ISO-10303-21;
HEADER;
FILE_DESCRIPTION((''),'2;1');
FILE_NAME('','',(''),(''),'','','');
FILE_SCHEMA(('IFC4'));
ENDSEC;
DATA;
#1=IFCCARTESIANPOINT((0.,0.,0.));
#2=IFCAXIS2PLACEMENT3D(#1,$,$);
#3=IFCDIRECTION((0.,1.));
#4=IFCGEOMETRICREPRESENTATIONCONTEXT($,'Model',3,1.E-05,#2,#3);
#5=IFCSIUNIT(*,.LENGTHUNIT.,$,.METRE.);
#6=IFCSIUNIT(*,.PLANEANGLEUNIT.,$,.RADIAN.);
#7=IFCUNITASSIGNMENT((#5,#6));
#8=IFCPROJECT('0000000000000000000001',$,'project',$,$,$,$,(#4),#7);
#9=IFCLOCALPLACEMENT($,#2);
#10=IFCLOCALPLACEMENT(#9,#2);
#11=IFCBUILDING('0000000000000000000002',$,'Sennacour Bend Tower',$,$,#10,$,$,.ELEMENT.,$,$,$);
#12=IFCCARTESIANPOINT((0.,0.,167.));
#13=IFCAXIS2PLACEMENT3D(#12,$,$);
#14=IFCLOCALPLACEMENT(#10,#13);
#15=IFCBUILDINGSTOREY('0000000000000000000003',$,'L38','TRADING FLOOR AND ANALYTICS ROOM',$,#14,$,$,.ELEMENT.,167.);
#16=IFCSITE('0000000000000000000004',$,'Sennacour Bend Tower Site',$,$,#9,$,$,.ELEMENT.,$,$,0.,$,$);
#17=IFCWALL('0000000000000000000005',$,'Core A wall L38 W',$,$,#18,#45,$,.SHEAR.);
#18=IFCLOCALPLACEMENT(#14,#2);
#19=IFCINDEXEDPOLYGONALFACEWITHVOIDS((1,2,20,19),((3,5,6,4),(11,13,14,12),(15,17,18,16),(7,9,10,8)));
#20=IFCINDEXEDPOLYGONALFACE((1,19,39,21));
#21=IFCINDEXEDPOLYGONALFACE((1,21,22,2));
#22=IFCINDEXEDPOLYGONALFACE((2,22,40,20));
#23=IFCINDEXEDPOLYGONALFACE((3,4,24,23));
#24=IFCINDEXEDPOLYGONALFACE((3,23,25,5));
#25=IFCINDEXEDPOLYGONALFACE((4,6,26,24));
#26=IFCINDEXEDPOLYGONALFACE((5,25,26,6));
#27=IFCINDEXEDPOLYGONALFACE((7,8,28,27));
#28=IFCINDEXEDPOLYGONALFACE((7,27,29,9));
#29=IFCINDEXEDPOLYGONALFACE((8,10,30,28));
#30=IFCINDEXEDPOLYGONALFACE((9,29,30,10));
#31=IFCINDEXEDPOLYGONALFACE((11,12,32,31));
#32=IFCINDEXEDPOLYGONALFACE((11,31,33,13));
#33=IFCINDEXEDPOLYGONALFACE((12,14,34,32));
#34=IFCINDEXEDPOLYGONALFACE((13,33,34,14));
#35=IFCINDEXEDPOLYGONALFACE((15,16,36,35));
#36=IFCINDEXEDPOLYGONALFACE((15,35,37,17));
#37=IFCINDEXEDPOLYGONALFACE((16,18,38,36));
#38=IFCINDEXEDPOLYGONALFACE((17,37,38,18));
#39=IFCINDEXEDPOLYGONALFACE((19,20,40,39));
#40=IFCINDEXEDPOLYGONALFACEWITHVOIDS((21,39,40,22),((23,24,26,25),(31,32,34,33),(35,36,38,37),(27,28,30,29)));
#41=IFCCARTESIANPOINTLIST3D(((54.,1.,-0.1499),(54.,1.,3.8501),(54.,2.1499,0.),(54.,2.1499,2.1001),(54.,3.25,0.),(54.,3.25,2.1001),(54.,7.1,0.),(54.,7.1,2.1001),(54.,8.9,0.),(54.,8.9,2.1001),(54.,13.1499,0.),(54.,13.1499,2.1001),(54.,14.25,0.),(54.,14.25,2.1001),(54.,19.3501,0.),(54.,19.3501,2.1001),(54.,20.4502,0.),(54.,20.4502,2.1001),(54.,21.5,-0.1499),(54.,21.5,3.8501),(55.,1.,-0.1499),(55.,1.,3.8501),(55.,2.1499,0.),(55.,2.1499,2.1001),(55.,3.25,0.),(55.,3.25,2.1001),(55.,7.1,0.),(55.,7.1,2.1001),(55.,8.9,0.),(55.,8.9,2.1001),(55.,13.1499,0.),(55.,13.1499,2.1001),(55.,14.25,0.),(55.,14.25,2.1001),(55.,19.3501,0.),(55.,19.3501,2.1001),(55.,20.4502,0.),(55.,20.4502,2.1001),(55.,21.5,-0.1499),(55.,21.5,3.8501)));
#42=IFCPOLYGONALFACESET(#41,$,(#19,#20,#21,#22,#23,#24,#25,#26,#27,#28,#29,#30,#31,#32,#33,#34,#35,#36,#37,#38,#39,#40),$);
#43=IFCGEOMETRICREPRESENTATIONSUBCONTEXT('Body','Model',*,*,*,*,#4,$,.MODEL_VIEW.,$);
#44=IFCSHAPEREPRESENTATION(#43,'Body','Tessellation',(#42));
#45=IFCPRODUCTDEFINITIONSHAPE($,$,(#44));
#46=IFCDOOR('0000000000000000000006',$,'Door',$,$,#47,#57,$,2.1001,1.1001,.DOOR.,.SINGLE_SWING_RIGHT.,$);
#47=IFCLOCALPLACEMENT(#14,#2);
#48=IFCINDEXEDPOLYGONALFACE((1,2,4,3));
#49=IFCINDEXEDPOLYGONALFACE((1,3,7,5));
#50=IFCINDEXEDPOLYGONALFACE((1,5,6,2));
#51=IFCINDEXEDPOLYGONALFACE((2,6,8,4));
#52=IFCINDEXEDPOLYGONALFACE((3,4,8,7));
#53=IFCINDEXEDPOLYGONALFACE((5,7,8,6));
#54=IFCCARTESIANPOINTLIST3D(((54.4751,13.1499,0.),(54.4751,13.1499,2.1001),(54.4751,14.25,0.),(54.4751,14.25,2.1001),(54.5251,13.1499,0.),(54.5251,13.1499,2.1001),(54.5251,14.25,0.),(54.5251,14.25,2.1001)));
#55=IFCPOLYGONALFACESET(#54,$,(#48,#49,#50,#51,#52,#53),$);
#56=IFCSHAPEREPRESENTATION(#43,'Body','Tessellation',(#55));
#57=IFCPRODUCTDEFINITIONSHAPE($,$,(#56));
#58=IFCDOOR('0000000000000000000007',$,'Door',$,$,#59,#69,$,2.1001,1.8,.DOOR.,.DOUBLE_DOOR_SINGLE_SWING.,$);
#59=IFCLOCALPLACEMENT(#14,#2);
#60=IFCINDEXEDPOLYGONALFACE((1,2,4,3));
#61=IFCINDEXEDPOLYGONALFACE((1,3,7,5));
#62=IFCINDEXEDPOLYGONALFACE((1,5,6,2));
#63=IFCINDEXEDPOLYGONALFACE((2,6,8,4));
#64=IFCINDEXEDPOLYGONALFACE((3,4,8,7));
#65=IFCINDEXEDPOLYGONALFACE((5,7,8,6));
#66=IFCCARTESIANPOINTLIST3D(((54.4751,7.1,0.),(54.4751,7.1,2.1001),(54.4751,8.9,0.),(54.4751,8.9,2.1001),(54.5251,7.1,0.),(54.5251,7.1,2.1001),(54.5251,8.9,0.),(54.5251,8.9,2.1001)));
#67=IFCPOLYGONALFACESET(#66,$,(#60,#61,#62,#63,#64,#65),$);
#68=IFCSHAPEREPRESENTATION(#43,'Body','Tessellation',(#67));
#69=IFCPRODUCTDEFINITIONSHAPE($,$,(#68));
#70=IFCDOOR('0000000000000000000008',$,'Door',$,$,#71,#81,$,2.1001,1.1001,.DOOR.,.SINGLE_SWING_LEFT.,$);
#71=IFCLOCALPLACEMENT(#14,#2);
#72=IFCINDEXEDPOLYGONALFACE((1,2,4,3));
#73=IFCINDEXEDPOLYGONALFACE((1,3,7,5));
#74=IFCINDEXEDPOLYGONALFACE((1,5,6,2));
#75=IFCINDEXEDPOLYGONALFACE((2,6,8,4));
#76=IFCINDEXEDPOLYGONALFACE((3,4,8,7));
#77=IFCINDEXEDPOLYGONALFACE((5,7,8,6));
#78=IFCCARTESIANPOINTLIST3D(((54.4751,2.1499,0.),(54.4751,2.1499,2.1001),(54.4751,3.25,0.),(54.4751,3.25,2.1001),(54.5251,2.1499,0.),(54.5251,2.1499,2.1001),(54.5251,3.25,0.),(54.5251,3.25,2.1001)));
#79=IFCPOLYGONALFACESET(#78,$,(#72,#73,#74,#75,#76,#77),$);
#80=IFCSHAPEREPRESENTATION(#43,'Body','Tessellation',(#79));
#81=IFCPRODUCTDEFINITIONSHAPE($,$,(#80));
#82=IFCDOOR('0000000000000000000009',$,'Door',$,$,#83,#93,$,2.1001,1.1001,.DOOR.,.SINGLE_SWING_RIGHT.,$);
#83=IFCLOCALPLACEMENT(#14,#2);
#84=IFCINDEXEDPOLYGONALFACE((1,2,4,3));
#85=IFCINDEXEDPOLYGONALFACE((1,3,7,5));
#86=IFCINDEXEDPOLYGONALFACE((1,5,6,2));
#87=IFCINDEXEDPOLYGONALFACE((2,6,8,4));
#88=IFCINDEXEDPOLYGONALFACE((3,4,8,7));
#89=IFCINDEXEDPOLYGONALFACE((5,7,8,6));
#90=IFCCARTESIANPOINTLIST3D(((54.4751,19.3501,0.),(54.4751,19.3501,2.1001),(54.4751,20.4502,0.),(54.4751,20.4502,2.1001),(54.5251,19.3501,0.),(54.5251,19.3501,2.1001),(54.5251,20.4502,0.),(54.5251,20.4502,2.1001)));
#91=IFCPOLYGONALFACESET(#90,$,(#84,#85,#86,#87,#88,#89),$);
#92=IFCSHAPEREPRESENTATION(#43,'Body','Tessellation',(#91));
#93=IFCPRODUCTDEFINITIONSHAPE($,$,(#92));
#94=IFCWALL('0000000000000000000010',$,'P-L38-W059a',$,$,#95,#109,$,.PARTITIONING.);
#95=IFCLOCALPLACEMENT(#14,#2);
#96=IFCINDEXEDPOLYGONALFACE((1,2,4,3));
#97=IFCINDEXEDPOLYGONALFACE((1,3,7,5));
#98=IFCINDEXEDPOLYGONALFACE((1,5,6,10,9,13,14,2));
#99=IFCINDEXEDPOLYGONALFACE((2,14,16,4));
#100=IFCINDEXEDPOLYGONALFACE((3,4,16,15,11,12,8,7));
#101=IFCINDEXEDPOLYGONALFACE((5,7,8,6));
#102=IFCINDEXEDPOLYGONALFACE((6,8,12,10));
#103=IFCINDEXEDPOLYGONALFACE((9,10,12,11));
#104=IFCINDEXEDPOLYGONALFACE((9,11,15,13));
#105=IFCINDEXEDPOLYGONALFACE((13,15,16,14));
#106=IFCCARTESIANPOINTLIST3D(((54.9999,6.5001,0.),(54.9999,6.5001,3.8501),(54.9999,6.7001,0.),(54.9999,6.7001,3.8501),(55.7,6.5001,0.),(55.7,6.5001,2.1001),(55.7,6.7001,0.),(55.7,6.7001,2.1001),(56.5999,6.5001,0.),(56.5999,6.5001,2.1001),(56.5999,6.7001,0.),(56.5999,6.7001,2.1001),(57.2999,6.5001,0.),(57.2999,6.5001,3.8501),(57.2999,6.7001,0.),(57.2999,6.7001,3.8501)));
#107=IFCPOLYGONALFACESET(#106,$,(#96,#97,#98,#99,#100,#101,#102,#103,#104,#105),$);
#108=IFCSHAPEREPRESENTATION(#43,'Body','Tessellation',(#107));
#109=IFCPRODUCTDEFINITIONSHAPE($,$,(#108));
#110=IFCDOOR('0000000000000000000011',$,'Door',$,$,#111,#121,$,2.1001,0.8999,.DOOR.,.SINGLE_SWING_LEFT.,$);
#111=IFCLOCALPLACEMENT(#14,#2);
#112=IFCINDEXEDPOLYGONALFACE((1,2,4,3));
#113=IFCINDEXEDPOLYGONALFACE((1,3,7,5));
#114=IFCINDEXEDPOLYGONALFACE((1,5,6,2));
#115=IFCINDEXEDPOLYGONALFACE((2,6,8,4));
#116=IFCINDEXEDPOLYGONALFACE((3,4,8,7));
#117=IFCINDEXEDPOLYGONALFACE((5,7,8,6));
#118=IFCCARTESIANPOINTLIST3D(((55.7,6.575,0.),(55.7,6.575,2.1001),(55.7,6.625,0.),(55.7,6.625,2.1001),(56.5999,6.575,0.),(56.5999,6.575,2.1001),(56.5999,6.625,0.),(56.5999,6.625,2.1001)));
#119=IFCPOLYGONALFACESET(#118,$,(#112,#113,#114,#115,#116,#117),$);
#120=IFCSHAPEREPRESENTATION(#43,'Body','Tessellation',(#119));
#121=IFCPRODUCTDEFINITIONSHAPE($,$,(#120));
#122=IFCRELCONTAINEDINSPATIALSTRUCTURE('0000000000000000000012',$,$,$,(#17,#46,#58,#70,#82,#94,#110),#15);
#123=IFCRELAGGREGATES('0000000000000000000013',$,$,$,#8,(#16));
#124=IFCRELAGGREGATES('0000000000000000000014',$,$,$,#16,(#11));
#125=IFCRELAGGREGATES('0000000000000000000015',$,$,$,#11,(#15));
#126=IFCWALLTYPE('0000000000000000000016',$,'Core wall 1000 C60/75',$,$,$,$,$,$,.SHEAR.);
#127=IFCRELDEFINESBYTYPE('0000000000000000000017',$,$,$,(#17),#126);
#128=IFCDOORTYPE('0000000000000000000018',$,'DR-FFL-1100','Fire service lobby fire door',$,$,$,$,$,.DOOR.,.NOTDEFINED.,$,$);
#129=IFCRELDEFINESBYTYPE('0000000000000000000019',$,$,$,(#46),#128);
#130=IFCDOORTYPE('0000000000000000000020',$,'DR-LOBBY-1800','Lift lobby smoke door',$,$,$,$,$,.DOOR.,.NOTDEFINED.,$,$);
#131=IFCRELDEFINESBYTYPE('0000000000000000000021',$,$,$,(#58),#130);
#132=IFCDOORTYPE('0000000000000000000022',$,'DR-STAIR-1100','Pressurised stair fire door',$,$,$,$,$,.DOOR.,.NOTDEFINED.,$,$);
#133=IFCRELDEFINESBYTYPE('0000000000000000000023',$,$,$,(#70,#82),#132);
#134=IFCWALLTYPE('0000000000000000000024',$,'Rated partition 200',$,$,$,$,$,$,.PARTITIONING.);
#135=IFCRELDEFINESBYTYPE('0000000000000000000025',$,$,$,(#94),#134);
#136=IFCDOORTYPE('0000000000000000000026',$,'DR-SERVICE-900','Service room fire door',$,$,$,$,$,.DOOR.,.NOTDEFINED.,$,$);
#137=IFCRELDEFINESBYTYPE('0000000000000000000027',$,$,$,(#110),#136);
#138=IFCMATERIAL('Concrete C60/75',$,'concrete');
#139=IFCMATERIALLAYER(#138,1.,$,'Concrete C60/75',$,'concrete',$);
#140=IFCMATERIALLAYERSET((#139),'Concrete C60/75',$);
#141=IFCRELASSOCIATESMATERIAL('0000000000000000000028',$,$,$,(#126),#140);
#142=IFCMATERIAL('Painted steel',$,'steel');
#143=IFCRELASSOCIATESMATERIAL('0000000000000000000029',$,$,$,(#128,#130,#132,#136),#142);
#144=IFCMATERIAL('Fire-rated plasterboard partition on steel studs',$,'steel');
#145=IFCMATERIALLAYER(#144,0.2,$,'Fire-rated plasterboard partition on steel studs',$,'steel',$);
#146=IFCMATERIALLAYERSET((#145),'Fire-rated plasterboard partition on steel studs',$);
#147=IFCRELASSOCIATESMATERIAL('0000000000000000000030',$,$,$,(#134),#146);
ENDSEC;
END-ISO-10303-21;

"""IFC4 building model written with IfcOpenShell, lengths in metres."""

from ifc_helpers import new_model, si_unit, direction, frame, frame_2d, origin, place, context, subcontext, project, spatial, rectangle, extrude, material, layer, layer_set, type_object, element, fill, save


model = new_model("IFC4")

# Units and contexts
model_context = context("Model", 3, precision=1e-05, world=origin(), true_north=direction((0.0, 1.0)))
body_context = subcontext(model_context, "Body", "Model", "MODEL_VIEW")
ifc_project = project(units=[si_unit("LENGTHUNIT", "METRE"), si_unit("PLANEANGLEUNIT", "RADIAN")], contexts=[model_context])

# Site, building, storey
site_placement = place(None, origin())
site = spatial("IfcSite", under=ifc_project, at=site_placement, Name="Sennacour Bend Tower Site", CompositionType="ELEMENT", RefElevation=0.0)
building_placement = place(site_placement, origin())
building = spatial("IfcBuilding", under=site, at=building_placement, Name="Sennacour Bend Tower", CompositionType="ELEMENT")
storey_placement = place(building_placement, frame((0.0, 0.0, 167.0)))
storey = spatial("IfcBuildingStorey", under=building, at=storey_placement, Name="L38", Description="TRADING FLOOR AND ANALYTICS ROOM", CompositionType="ELEMENT", Elevation=167.0)

# Wall, openings, doors
ifc_material_1 = material(Name="Concrete C60/75", Category="concrete")
ifc_layer_1 = layer(ifc_material_1, 1.0, Name="Concrete C60/75", Category="concrete")
ifc_layer_set_1 = layer_set([ifc_layer_1], Name="Concrete C60/75")
wall_type_1 = type_object("IfcWallType", Name="Core wall 1000 C60/75", PredefinedType="SHEAR", material=ifc_layer_set_1)
wall_1_placement = place(storey_placement, frame((54.5, 1.0, -0.1499), z_axis=(0.0, 0.0, 1.0), x_axis=(0.0, 1.0, 0.0)))
wall_1 = element("IfcWall", 1, at=wall_1_placement, inside=storey, type_object=wall_type_1, Name="Core A wall L38 W", PredefinedType="SHEAR", context=body_context, shape_type="SweptSolid", body=[
    extrude(rectangle(XDim=20.5, YDim=1.0, at=frame_2d((10.25, 0.0))), origin(), (0.0, 0.0, 1.0), 4.0),
])
opening_1_placement = place(wall_1_placement, frame((6.1001, 0.0, 0.1499)))
opening_1 = element("IfcOpeningElement", 2, at=opening_1_placement, cuts=wall_1, PredefinedType="OPENING", context=body_context, shape_type="SweptSolid", body=[
    extrude(rectangle(XDim=1.8, YDim=2.1001, at=frame_2d((0.8999, 1.05))), frame((0.0, 0.51, 0.0), z_axis=(0.0, -1.0, 0.0), x_axis=(1.0, 0.0, 0.0)), (0.0, 0.0, 1.0), 1.02),
])
opening_2_placement = place(wall_1_placement, frame((12.1499, 0.0, 0.1499)))
opening_2 = element("IfcOpeningElement", 3, at=opening_2_placement, cuts=wall_1, PredefinedType="OPENING", context=body_context, shape_type="SweptSolid", body=[
    extrude(rectangle(XDim=1.1001, YDim=2.1001, at=frame_2d((0.55, 1.05))), frame((0.0, 0.51, 0.0), z_axis=(0.0, -1.0, 0.0), x_axis=(1.0, 0.0, 0.0)), (0.0, 0.0, 1.0), 1.02),
])
opening_3_placement = place(wall_1_placement, frame((1.1499, 0.0, 0.1499)))
opening_3 = element("IfcOpeningElement", 4, at=opening_3_placement, cuts=wall_1, PredefinedType="OPENING", context=body_context, shape_type="SweptSolid", body=[
    extrude(rectangle(XDim=1.1001, YDim=2.1001, at=frame_2d((0.55, 1.05))), frame((0.0, 0.51, 0.0), z_axis=(0.0, -1.0, 0.0), x_axis=(1.0, 0.0, 0.0)), (0.0, 0.0, 1.0), 1.02),
])
opening_4_placement = place(wall_1_placement, frame((18.3501, 0.0, 0.1499)))
opening_4 = element("IfcOpeningElement", 5, at=opening_4_placement, cuts=wall_1, PredefinedType="OPENING", context=body_context, shape_type="SweptSolid", body=[
    extrude(rectangle(XDim=1.1001, YDim=2.1001, at=frame_2d((0.55, 1.05))), frame((0.0, 0.51, 0.0), z_axis=(0.0, -1.0, 0.0), x_axis=(1.0, 0.0, 0.0)), (0.0, 0.0, 1.0), 1.02),
])
ifc_material_2 = material(Name="Painted steel", Category="steel")
door_type_1 = type_object("IfcDoorType", Name="DR-FFL-1100", Description="Fire service lobby fire door", OperationType="NOTDEFINED", PredefinedType="DOOR", material=ifc_material_2)
door_1_placement = place(opening_2_placement, origin())
door_1 = element("IfcDoor", 6, at=door_1_placement, inside=storey, type_object=door_type_1, Name="Door", OperationType="SINGLE_SWING_RIGHT", OverallHeight=2.1001, OverallWidth=1.1001, PredefinedType="DOOR", context=body_context, shape_type="SweptSolid", body=[
    extrude(rectangle(XDim=1.1001, YDim=2.1001, at=frame_2d((0.55, 1.05))), frame((0.0, 0.0249, 0.0), z_axis=(0.0, -1.0, 0.0), x_axis=(1.0, 0.0, 0.0)), (0.0, 0.0, 1.0), 0.05),
])
fill(opening_2, door_1)
door_type_2 = type_object("IfcDoorType", Name="DR-LOBBY-1800", Description="Lift lobby smoke door", OperationType="NOTDEFINED", PredefinedType="DOOR", material=ifc_material_2)
door_2_placement = place(opening_1_placement, origin())
door_2 = element("IfcDoor", 7, at=door_2_placement, inside=storey, type_object=door_type_2, Name="Door", OperationType="DOUBLE_DOOR_SINGLE_SWING", OverallHeight=2.1001, OverallWidth=1.8, PredefinedType="DOOR", context=body_context, shape_type="SweptSolid", body=[
    extrude(rectangle(XDim=1.8, YDim=2.1001, at=frame_2d((0.8999, 1.05))), frame((0.0, 0.0249, 0.0), z_axis=(0.0, -1.0, 0.0), x_axis=(1.0, 0.0, 0.0)), (0.0, 0.0, 1.0), 0.05),
])
fill(opening_1, door_2)
door_type_3 = type_object("IfcDoorType", Name="DR-STAIR-1100", Description="Pressurised stair fire door", OperationType="NOTDEFINED", PredefinedType="DOOR", material=ifc_material_2)
door_3_placement = place(opening_3_placement, origin())
door_3 = element("IfcDoor", 8, at=door_3_placement, inside=storey, type_object=door_type_3, Name="Door", OperationType="SINGLE_SWING_LEFT", OverallHeight=2.1001, OverallWidth=1.1001, PredefinedType="DOOR", context=body_context, shape_type="SweptSolid", body=[
    extrude(rectangle(XDim=1.1001, YDim=2.1001, at=frame_2d((0.55, 1.05))), frame((0.0, 0.0249, 0.0), z_axis=(0.0, -1.0, 0.0), x_axis=(1.0, 0.0, 0.0)), (0.0, 0.0, 1.0), 0.05),
])
fill(opening_3, door_3)
door_4_placement = place(opening_4_placement, origin())
door_4 = element("IfcDoor", 9, at=door_4_placement, inside=storey, type_object=door_type_3, Name="Door", OperationType="SINGLE_SWING_RIGHT", OverallHeight=2.1001, OverallWidth=1.1001, PredefinedType="DOOR", context=body_context, shape_type="SweptSolid", body=[
    extrude(rectangle(XDim=1.1001, YDim=2.1001, at=frame_2d((0.55, 1.05))), frame((0.0, 0.0249, 0.0), z_axis=(0.0, -1.0, 0.0), x_axis=(1.0, 0.0, 0.0)), (0.0, 0.0, 1.0), 0.05),
])
fill(opening_4, door_4)

# Wall, opening, door
ifc_material_3 = material(Name="Fire-rated plasterboard partition on steel studs", Category="steel")
ifc_layer_2 = layer(ifc_material_3, 0.2, Name="Fire-rated plasterboard partition on steel studs", Category="steel")
ifc_layer_set_2 = layer_set([ifc_layer_2], Name="Fire-rated plasterboard partition on steel studs")
wall_type_2 = type_object("IfcWallType", Name="Rated partition 200", PredefinedType="PARTITIONING", material=ifc_layer_set_2)
wall_2_placement = place(storey_placement, frame((55.0, 6.6001, 0.0), z_axis=(0.0, 0.0, 1.0), x_axis=(1.0, 0.0, 0.0)))
wall_2 = element("IfcWall", 10, at=wall_2_placement, inside=storey, type_object=wall_type_2, Name="P-L38-W059a", PredefinedType="PARTITIONING", context=body_context, shape_type="SweptSolid", body=[
    extrude(rectangle(XDim=2.3, YDim=0.2, at=frame_2d((1.1499, 0.0))), origin(), (0.0, 0.0, 1.0), 3.8501),
])
opening_5_placement = place(wall_2_placement, frame((0.7, 0.0, 0.0)))
opening_5 = element("IfcOpeningElement", 11, at=opening_5_placement, cuts=wall_2, PredefinedType="OPENING", context=body_context, shape_type="SweptSolid", body=[
    extrude(rectangle(XDim=0.8999, YDim=2.1001, at=frame_2d((0.45, 1.05))), frame((0.0, 0.1099, 0.0), z_axis=(0.0, -1.0, 0.0), x_axis=(1.0, 0.0, 0.0)), (0.0, 0.0, 1.0), 0.22),
])
door_type_4 = type_object("IfcDoorType", Name="DR-SERVICE-900", Description="Service room fire door", OperationType="NOTDEFINED", PredefinedType="DOOR", material=ifc_material_2)
door_5_placement = place(opening_5_placement, origin())
door_5 = element("IfcDoor", 12, at=door_5_placement, inside=storey, type_object=door_type_4, Name="Door", OperationType="SINGLE_SWING_LEFT", OverallHeight=2.1001, OverallWidth=0.8999, PredefinedType="DOOR", context=body_context, shape_type="SweptSolid", body=[
    extrude(rectangle(XDim=0.8999, YDim=2.1001, at=frame_2d((0.45, 1.05))), frame((0.0, 0.0249, 0.0), z_axis=(0.0, -1.0, 0.0), x_axis=(1.0, 0.0, 0.0)), (0.0, 0.0, 1.0), 0.05),
])
fill(opening_5, door_5)

save(model, "model.ifc")
